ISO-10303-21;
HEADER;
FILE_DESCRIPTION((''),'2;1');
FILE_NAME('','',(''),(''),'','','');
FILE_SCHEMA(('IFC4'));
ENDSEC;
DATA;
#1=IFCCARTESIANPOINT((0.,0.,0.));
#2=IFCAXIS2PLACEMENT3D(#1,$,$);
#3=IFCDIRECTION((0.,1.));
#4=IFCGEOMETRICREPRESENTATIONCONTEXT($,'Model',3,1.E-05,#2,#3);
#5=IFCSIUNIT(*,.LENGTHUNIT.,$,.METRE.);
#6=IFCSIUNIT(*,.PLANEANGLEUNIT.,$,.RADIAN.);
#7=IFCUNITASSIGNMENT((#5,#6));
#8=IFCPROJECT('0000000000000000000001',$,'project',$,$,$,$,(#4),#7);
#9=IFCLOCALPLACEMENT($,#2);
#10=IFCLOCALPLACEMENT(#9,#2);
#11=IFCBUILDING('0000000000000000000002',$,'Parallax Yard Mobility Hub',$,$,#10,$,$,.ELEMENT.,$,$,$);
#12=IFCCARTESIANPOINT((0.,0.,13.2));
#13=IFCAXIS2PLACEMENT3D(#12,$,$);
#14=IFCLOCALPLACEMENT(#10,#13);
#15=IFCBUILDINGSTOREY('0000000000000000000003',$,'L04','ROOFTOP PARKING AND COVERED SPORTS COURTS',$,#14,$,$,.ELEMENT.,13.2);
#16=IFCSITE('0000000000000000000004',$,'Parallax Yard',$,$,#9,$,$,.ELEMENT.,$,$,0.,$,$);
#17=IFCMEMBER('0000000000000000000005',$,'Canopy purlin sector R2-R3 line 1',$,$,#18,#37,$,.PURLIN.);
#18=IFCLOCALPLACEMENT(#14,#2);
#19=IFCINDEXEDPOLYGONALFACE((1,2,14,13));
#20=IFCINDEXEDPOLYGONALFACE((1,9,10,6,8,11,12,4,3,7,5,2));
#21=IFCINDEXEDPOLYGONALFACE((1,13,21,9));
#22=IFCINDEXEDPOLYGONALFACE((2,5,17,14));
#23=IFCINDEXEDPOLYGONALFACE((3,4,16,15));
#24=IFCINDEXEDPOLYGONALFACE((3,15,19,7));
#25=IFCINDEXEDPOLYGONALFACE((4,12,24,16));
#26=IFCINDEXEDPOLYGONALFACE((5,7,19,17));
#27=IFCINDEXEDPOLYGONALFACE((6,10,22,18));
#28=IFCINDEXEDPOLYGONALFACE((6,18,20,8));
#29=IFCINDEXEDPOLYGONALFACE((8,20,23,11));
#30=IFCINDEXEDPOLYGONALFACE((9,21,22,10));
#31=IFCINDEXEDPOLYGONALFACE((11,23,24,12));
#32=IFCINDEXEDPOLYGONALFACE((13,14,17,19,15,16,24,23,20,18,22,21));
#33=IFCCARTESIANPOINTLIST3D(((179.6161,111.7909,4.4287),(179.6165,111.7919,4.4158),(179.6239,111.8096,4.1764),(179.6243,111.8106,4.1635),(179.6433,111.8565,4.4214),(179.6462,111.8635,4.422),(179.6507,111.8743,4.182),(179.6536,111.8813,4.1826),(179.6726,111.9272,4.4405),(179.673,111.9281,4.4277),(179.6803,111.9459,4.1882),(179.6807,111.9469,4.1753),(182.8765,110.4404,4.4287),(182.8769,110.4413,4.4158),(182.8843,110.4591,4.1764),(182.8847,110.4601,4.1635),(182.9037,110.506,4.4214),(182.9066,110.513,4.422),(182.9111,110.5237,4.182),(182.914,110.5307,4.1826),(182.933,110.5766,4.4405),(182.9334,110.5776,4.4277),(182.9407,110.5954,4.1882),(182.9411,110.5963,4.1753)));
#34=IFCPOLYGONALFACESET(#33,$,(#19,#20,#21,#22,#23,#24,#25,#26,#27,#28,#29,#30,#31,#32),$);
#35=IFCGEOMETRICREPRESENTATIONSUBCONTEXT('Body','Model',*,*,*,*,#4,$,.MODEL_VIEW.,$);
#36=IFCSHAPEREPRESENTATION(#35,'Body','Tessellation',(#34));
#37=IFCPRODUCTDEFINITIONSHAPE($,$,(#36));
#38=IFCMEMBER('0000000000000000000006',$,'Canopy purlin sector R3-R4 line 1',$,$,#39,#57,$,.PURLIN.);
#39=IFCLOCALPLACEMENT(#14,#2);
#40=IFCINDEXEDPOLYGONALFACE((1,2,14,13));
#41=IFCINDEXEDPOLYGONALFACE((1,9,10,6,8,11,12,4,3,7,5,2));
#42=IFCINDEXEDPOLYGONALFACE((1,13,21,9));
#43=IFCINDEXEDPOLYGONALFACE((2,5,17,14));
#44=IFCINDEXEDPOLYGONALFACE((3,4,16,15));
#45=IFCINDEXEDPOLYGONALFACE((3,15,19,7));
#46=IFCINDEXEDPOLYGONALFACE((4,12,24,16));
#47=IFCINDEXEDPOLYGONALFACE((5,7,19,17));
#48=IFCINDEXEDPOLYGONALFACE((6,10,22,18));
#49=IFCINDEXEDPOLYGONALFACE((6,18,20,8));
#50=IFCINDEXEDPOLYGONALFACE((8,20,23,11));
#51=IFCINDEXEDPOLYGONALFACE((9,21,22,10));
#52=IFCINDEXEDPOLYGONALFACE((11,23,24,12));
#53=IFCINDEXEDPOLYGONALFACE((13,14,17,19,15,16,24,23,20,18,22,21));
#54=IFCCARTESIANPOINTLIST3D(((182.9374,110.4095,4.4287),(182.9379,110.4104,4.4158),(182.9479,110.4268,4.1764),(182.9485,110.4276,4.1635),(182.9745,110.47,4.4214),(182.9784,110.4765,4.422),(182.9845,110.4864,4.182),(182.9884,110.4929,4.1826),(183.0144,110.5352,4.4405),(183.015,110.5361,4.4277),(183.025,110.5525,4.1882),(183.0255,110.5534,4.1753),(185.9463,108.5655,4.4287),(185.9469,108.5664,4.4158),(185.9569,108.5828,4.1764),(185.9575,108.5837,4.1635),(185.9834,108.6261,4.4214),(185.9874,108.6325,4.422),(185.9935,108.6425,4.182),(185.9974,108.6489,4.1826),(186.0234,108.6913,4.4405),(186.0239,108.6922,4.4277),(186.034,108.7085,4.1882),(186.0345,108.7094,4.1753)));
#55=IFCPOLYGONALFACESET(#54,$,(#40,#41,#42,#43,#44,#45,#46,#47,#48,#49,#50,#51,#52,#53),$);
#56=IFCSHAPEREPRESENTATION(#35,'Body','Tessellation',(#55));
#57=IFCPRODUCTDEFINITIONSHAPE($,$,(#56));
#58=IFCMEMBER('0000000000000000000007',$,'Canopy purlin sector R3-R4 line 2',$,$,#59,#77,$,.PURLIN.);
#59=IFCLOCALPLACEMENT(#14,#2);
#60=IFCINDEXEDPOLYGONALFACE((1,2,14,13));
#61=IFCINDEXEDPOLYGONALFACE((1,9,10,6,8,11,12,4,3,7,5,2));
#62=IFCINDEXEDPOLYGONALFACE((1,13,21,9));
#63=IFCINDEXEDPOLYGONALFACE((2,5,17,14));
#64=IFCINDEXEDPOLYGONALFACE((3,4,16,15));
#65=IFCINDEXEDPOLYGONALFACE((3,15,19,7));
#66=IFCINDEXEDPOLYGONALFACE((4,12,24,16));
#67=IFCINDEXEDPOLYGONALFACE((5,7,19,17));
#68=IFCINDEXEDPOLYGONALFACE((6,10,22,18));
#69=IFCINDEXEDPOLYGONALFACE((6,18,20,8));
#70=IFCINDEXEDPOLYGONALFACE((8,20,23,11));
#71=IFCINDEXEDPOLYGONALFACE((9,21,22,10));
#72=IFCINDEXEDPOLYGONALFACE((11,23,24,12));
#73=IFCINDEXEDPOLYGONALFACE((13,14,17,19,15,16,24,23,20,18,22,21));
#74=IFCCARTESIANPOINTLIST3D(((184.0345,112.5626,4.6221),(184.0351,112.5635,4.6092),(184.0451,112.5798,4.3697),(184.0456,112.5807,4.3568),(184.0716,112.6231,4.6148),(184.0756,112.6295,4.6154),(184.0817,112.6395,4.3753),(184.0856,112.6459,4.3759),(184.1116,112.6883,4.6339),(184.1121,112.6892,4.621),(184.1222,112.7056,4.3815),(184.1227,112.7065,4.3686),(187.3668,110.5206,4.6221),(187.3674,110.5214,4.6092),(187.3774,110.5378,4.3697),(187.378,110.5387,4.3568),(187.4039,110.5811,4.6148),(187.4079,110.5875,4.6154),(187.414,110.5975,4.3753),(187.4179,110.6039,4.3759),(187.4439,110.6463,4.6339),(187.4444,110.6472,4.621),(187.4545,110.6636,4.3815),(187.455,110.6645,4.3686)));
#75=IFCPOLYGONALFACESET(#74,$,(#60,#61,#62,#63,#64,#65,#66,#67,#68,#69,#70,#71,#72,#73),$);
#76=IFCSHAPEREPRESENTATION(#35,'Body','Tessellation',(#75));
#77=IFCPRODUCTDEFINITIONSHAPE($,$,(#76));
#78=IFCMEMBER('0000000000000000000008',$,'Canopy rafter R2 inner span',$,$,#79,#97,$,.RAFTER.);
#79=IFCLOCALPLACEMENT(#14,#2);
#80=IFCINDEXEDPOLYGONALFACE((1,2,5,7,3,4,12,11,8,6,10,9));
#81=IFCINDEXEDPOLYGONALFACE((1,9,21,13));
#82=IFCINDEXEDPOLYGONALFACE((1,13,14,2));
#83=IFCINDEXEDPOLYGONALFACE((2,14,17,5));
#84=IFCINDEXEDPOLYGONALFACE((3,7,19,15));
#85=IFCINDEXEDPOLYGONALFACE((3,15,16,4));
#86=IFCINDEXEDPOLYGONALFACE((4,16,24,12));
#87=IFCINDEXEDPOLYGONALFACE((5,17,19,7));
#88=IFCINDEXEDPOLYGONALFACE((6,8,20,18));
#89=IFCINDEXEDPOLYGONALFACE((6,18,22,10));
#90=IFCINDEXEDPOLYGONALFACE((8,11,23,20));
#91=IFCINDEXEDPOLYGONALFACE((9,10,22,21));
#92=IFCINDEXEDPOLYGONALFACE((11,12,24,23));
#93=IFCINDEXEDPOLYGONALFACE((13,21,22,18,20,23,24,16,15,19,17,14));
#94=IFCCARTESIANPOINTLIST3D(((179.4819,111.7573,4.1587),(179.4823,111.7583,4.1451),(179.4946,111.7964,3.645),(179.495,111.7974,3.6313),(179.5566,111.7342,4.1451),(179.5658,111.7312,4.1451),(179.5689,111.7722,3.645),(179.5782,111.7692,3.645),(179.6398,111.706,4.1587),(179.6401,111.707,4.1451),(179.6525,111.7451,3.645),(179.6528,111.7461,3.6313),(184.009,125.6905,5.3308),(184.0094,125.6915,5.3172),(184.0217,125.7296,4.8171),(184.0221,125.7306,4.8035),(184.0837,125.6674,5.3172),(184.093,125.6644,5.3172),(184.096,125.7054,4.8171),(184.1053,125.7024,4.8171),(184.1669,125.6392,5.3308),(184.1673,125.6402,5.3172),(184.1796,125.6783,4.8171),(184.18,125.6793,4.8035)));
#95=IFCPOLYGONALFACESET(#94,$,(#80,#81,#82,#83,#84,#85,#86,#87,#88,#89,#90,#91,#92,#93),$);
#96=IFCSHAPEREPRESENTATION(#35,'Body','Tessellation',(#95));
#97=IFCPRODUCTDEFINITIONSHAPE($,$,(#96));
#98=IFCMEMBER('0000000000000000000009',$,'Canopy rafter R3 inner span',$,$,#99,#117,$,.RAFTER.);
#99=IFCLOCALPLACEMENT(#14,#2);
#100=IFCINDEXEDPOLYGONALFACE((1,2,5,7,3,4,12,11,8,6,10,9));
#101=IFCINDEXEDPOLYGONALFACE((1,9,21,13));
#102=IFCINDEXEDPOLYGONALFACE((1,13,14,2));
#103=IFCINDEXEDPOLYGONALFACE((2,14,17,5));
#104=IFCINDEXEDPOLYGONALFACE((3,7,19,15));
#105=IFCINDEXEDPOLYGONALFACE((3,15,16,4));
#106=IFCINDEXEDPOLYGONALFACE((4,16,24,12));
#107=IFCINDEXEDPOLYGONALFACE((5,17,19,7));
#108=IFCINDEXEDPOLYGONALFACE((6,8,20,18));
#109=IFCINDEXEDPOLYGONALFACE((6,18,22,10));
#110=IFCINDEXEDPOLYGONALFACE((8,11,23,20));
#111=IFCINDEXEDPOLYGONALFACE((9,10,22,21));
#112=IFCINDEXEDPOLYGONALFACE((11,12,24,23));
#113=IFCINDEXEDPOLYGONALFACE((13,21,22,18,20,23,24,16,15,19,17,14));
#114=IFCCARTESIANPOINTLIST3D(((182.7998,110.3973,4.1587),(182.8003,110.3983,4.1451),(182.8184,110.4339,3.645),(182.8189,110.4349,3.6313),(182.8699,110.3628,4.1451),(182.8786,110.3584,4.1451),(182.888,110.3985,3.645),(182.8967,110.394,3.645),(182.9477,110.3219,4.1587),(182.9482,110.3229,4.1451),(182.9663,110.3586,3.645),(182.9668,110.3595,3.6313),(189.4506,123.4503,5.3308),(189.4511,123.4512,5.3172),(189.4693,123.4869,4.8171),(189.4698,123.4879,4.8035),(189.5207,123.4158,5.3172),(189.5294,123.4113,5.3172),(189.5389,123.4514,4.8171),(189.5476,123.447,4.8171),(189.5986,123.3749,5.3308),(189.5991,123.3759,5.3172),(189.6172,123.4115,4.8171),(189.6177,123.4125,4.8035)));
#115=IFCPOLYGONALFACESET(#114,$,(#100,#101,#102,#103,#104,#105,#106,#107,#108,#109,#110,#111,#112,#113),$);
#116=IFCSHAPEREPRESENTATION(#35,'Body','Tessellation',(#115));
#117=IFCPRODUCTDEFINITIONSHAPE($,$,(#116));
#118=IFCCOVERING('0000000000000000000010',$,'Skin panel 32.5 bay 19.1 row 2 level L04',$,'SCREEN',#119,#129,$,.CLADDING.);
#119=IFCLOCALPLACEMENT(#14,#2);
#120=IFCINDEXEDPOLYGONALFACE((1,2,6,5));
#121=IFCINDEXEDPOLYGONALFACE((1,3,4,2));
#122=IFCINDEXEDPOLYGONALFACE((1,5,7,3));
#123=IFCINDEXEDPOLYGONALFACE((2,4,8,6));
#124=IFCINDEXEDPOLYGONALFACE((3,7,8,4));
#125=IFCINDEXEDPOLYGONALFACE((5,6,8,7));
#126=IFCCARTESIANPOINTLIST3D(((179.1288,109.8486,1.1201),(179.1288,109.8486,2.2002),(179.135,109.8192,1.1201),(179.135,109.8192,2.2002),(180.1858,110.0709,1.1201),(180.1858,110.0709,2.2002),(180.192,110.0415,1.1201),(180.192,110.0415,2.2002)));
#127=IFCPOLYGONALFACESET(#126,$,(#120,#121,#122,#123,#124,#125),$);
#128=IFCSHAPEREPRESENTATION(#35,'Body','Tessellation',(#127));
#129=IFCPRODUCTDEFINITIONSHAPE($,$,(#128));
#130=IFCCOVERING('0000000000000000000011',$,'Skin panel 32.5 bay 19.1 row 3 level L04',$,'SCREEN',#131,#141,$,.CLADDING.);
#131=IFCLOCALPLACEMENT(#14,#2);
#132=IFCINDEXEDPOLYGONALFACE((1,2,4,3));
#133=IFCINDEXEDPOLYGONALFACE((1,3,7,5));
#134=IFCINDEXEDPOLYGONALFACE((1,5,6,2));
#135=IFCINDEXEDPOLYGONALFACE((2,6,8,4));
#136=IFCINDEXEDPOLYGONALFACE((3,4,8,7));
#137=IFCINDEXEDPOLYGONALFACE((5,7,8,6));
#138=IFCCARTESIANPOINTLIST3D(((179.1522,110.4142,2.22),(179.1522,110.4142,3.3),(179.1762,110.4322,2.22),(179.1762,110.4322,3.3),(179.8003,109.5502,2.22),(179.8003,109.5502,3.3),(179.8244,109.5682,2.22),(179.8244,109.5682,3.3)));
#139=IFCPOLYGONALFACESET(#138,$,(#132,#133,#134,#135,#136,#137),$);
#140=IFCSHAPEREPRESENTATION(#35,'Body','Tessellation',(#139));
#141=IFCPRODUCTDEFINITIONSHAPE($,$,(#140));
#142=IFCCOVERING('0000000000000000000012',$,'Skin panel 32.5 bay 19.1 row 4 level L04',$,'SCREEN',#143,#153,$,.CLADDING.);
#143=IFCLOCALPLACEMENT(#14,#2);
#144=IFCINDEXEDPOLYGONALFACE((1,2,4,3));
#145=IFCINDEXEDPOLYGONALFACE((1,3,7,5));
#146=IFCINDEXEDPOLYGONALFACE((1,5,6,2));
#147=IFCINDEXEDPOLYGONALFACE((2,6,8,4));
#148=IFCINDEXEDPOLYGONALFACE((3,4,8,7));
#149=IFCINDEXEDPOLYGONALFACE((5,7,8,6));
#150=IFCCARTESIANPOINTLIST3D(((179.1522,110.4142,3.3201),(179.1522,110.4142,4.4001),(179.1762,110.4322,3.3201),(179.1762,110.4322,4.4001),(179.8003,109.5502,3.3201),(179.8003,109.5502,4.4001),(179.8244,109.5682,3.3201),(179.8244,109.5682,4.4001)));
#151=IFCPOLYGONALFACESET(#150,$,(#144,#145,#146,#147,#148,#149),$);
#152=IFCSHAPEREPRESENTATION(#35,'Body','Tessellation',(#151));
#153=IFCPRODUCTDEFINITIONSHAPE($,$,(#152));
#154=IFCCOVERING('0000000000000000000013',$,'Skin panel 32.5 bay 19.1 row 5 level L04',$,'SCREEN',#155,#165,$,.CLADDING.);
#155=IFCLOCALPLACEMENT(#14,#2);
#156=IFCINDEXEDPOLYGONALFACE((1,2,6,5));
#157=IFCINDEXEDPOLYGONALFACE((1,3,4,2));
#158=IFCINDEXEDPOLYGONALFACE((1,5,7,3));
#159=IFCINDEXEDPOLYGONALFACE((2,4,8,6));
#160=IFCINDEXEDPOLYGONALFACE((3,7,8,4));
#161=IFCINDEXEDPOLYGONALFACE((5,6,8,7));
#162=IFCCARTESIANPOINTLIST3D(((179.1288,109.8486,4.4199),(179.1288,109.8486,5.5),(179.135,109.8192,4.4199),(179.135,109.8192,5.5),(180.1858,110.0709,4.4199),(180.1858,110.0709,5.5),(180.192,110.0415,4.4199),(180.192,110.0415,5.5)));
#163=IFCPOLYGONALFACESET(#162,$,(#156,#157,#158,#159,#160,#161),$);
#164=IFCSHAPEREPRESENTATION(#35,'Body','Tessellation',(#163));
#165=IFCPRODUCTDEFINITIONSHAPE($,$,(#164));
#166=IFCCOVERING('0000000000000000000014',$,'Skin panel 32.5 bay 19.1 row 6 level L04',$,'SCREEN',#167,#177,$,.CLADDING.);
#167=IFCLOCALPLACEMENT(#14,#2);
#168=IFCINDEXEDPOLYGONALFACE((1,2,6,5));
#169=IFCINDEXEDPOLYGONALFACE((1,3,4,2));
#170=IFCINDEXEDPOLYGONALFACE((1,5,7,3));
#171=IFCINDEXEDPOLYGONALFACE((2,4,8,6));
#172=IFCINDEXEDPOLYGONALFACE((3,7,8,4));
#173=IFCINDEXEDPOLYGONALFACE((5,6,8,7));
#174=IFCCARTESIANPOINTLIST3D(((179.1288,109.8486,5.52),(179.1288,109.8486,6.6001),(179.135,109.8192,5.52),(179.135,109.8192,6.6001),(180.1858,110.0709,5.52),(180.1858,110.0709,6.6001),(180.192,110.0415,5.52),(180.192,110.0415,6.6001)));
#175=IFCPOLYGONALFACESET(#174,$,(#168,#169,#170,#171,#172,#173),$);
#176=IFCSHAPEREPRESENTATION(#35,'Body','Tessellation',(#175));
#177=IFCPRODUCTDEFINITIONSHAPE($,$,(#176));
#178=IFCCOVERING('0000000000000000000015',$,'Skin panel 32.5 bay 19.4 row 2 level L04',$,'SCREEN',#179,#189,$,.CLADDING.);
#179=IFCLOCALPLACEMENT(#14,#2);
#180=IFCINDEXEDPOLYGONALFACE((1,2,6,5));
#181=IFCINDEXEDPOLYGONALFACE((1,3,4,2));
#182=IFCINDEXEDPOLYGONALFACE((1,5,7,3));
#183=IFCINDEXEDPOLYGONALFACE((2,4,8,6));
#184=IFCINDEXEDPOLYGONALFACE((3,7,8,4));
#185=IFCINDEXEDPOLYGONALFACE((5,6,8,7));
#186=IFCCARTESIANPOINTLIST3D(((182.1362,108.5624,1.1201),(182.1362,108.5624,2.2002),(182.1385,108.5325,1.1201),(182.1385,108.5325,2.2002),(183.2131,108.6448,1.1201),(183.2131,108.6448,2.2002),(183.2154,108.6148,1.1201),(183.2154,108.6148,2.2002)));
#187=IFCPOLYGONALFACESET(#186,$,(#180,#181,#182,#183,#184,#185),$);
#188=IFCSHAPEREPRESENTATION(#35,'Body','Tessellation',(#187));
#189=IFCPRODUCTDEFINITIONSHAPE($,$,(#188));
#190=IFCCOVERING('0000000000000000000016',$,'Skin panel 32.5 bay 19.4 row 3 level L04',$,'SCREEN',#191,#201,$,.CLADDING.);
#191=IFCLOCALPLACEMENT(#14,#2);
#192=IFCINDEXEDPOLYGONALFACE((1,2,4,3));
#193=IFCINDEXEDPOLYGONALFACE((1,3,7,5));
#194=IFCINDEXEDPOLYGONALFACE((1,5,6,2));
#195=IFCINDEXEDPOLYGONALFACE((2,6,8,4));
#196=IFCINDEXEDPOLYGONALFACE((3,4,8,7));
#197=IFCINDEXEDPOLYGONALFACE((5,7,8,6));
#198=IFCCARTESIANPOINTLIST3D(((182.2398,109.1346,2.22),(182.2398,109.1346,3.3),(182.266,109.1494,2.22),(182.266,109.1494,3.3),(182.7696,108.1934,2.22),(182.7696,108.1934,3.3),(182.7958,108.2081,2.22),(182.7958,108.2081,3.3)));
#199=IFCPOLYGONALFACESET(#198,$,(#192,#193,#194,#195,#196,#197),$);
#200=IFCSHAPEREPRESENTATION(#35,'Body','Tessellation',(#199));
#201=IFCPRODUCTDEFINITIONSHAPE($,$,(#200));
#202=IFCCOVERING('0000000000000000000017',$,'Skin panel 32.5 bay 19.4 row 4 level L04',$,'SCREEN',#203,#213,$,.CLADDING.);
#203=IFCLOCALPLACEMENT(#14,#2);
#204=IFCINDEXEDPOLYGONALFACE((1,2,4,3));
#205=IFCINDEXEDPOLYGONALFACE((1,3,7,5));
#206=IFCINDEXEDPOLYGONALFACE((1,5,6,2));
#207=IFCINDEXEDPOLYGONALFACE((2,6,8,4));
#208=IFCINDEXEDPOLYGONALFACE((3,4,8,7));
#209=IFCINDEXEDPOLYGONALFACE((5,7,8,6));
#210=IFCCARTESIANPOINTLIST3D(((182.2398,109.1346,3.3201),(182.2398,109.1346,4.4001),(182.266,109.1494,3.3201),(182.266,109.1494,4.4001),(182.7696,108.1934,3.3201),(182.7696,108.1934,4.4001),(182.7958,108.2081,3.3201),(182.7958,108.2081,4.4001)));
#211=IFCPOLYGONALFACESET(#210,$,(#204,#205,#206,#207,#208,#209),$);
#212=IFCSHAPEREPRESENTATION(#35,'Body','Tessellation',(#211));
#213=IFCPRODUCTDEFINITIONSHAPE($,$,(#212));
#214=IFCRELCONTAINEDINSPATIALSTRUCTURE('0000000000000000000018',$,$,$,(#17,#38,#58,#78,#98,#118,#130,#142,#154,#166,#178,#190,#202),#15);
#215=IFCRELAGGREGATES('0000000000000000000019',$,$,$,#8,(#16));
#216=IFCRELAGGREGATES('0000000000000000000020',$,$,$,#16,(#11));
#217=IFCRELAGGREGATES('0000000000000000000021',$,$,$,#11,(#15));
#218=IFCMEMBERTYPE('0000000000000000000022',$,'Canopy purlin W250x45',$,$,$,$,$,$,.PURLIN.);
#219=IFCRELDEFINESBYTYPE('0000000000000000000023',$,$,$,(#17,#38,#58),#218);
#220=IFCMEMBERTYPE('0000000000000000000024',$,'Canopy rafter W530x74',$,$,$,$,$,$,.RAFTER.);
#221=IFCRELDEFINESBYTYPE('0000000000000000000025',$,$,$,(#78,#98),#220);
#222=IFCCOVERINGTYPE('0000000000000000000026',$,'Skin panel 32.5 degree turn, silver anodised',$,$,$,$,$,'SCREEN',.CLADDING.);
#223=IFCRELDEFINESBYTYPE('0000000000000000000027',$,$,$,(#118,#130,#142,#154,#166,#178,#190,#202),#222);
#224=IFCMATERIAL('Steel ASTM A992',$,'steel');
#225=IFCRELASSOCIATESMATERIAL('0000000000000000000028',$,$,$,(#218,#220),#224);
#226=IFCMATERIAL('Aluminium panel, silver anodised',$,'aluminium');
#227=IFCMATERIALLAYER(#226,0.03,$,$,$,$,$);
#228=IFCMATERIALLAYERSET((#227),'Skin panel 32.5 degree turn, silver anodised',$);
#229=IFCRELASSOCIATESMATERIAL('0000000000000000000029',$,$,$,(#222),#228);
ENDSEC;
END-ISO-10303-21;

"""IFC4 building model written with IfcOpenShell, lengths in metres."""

from ifc_helpers import new_model, si_unit, direction, frame, origin, origin_2d, place, context, subcontext, project, spatial, rectangle, i_section, extrude, material, layer, layer_set, material_profile, profile_set, type_object, element, save


model = new_model("IFC4")

# Units and contexts
model_context = context("Model", 3, precision=1e-05, world=origin(), true_north=direction((0.0, 1.0)))
body_context = subcontext(model_context, "Body", "Model", "MODEL_VIEW")
ifc_project = project(units=[si_unit("LENGTHUNIT", "METRE"), si_unit("PLANEANGLEUNIT", "RADIAN")], contexts=[model_context])

# Site, building, storey
site_placement = place(None, origin())
site = spatial("IfcSite", under=ifc_project, at=site_placement, Name="Parallax Yard", CompositionType="ELEMENT", RefElevation=0.0)
building_placement = place(site_placement, origin())
building = spatial("IfcBuilding", under=site, at=building_placement, Name="Parallax Yard Mobility Hub", CompositionType="ELEMENT")
storey_placement = place(building_placement, frame((0.0, 0.0, 13.2)))
storey = spatial("IfcBuildingStorey", under=building, at=storey_placement, Name="L04", Description="ROOFTOP PARKING AND COVERED SPORTS COURTS", CompositionType="ELEMENT", Elevation=13.2)

# Members
ifc_material_1 = material(Name="Steel ASTM A992", Category="steel")
ifc_material_profile_1 = material_profile(ifc_material_1, i_section(OverallWidth=0.1479, OverallDepth=0.2661, WebThickness=0.0076, FlangeThickness=0.0129, at=origin_2d()), Name="W250x45")
ifc_profile_set_1 = profile_set([ifc_material_profile_1], Name="Steel ASTM A992")
member_type_1 = type_object("IfcMemberType", Name="Canopy purlin W250x45", PredefinedType="PURLIN", material=ifc_profile_set_1)
for number, where, z_axis, x_axis, name in (
    (1, (179.6484, 111.8689, 4.302), (0.923875, -0.382694, 0.0), (0.381468, 0.920915, 0.07999), "Canopy purlin sector R2-R3 line 1"),
    (2, (182.9814, 110.4814, 4.302), (0.852633, -0.52251, 0.0), (0.520836, 0.849901, 0.07999), "Canopy purlin sector R3-R4 line 1"),
):
    element("IfcMember", number, at=place(storey_placement, frame(where, z_axis=z_axis, x_axis=x_axis)), inside=storey, type_object=member_type_1, Name=name, PredefinedType="PURLIN", context=body_context, shape_type="SweptSolid", body=[
        extrude(i_section(OverallWidth=0.1479, OverallDepth=0.2661, WebThickness=0.0076, FlangeThickness=0.0129, at=origin_2d()), origin(), (0.0, 0.0, 1.0), 3.5291),
    ])
member_1_placement = place(storey_placement, frame((184.0786, 112.6345, 4.4954), z_axis=(0.852643, -0.522493, 0.0), x_axis=(0.520819, 0.849911, 0.07999)))
element("IfcMember", 3, at=member_1_placement, inside=storey, type_object=member_type_1, Name="Canopy purlin sector R3-R4 line 2", PredefinedType="PURLIN", context=body_context, shape_type="SweptSolid", body=[
    extrude(i_section(OverallWidth=0.1479, OverallDepth=0.2661, WebThickness=0.0076, FlangeThickness=0.0129, at=origin_2d()), origin(), (0.0, 0.0, 1.0), 3.9082),
])
ifc_material_profile_2 = material_profile(ifc_material_1, i_section(OverallWidth=0.166, OverallDepth=0.5291, WebThickness=0.0098, FlangeThickness=0.0137, at=origin_2d()), Name="W530x74")
ifc_profile_set_2 = profile_set([ifc_material_profile_2], Name="Steel ASTM A992")
member_type_2 = type_object("IfcMemberType", Name="Canopy rafter W530x74", PredefinedType="RAFTER", material=ifc_profile_set_2)
member_2_placement = place(storey_placement, frame((179.5674, 111.7517, 3.895), z_axis=(0.30803, 0.948028, 0.079753), x_axis=(-0.951057, 0.309014, 0.0)))
element("IfcMember", 4, at=member_2_placement, inside=storey, type_object=member_type_2, Name="Canopy rafter R2 inner span", PredefinedType="RAFTER", context=body_context, shape_type="SweptSolid", body=[
    extrude(i_section(OverallWidth=0.166, OverallDepth=0.5291, WebThickness=0.0098, FlangeThickness=0.0137, at=origin_2d()), origin(), (0.0, 0.0, 1.0), 14.697),
])
member_3_placement = place(storey_placement, frame((182.8833, 110.3784, 3.895), z_axis=(0.452547, 0.888167, 0.079755), x_axis=(-0.891005, 0.453993, 0.0)))
element("IfcMember", 5, at=member_3_placement, inside=storey, type_object=member_type_2, Name="Canopy rafter R3 inner span", PredefinedType="RAFTER", context=body_context, shape_type="SweptSolid", body=[
    extrude(i_section(OverallWidth=0.166, OverallDepth=0.5291, WebThickness=0.0098, FlangeThickness=0.0137, at=origin_2d()), origin(), (0.0, 0.0, 1.0), 14.6965),
])

# Coverings
ifc_material_2 = material(Name="Aluminium panel, silver anodised", Category="aluminium")
ifc_layer_1 = layer(ifc_material_2, 0.03)
ifc_layer_set_1 = layer_set([ifc_layer_1], Name="Skin panel 32.5 degree turn, silver anodised")
covering_type_1 = type_object("IfcCoveringType", Name="Skin panel 32.5 degree turn, silver anodised", ElementType="SCREEN", PredefinedType="CLADDING", material=ifc_layer_set_1)
for number, where, z_axis, x_axis, name in (
    (6, (179.6604, 109.9451, 1.1201), (0.0, 0.0, 1.0), (-0.978599, -0.205777, 0.0), "Skin panel 32.5 bay 19.1 row 2 level L04"),
    (7, (179.4883, 109.9912, 2.22), (0.0, 0.0, 1.0), (0.600071, -0.799947, 0.0), "Skin panel 32.5 bay 19.1 row 3 level L04"),
    (8, (179.4883, 109.9912, 3.3201), (0.0, 0.0, 1.0), (0.600071, -0.799947, 0.0), "Skin panel 32.5 bay 19.1 row 4 level L04"),
    (9, (179.6604, 109.9451, 4.4199), (0.0, 0.0, 1.0), (-0.978599, -0.205777, 0.0), "Skin panel 32.5 bay 19.1 row 5 level L04"),
    (10, (179.6604, 109.9451, 5.52), (0.0, 0.0, 1.0), (-0.978599, -0.205777, 0.0), "Skin panel 32.5 bay 19.1 row 6 level L04"),
    (11, (182.6758, 108.5886, 1.1201), (0.0, 0.0, 1.0), (-0.997086, -0.076284, 0.0), "Skin panel 32.5 bay 19.4 row 2 level L04"),
    (12, (182.5178, 108.6714, 2.22), (0.0, 0.0, 1.0), (0.490524, -0.871428, 0.0), "Skin panel 32.5 bay 19.4 row 3 level L04"),
    (13, (182.5178, 108.6714, 3.3201), (0.0, 0.0, 1.0), (0.490524, -0.871428, 0.0), "Skin panel 32.5 bay 19.4 row 4 level L04"),
):
    element("IfcCovering", number, at=place(storey_placement, frame(where, z_axis=z_axis, x_axis=x_axis)), inside=storey, type_object=covering_type_1, Name=name, ObjectType="SCREEN", PredefinedType="CLADDING", context=body_context, shape_type="SweptSolid", body=[
        extrude(rectangle(XDim=1.0801, YDim=0.03, at=origin_2d()), origin(), (0.0, 0.0, 1.0), 1.0801),
    ])

save(model, "model.ifc")
